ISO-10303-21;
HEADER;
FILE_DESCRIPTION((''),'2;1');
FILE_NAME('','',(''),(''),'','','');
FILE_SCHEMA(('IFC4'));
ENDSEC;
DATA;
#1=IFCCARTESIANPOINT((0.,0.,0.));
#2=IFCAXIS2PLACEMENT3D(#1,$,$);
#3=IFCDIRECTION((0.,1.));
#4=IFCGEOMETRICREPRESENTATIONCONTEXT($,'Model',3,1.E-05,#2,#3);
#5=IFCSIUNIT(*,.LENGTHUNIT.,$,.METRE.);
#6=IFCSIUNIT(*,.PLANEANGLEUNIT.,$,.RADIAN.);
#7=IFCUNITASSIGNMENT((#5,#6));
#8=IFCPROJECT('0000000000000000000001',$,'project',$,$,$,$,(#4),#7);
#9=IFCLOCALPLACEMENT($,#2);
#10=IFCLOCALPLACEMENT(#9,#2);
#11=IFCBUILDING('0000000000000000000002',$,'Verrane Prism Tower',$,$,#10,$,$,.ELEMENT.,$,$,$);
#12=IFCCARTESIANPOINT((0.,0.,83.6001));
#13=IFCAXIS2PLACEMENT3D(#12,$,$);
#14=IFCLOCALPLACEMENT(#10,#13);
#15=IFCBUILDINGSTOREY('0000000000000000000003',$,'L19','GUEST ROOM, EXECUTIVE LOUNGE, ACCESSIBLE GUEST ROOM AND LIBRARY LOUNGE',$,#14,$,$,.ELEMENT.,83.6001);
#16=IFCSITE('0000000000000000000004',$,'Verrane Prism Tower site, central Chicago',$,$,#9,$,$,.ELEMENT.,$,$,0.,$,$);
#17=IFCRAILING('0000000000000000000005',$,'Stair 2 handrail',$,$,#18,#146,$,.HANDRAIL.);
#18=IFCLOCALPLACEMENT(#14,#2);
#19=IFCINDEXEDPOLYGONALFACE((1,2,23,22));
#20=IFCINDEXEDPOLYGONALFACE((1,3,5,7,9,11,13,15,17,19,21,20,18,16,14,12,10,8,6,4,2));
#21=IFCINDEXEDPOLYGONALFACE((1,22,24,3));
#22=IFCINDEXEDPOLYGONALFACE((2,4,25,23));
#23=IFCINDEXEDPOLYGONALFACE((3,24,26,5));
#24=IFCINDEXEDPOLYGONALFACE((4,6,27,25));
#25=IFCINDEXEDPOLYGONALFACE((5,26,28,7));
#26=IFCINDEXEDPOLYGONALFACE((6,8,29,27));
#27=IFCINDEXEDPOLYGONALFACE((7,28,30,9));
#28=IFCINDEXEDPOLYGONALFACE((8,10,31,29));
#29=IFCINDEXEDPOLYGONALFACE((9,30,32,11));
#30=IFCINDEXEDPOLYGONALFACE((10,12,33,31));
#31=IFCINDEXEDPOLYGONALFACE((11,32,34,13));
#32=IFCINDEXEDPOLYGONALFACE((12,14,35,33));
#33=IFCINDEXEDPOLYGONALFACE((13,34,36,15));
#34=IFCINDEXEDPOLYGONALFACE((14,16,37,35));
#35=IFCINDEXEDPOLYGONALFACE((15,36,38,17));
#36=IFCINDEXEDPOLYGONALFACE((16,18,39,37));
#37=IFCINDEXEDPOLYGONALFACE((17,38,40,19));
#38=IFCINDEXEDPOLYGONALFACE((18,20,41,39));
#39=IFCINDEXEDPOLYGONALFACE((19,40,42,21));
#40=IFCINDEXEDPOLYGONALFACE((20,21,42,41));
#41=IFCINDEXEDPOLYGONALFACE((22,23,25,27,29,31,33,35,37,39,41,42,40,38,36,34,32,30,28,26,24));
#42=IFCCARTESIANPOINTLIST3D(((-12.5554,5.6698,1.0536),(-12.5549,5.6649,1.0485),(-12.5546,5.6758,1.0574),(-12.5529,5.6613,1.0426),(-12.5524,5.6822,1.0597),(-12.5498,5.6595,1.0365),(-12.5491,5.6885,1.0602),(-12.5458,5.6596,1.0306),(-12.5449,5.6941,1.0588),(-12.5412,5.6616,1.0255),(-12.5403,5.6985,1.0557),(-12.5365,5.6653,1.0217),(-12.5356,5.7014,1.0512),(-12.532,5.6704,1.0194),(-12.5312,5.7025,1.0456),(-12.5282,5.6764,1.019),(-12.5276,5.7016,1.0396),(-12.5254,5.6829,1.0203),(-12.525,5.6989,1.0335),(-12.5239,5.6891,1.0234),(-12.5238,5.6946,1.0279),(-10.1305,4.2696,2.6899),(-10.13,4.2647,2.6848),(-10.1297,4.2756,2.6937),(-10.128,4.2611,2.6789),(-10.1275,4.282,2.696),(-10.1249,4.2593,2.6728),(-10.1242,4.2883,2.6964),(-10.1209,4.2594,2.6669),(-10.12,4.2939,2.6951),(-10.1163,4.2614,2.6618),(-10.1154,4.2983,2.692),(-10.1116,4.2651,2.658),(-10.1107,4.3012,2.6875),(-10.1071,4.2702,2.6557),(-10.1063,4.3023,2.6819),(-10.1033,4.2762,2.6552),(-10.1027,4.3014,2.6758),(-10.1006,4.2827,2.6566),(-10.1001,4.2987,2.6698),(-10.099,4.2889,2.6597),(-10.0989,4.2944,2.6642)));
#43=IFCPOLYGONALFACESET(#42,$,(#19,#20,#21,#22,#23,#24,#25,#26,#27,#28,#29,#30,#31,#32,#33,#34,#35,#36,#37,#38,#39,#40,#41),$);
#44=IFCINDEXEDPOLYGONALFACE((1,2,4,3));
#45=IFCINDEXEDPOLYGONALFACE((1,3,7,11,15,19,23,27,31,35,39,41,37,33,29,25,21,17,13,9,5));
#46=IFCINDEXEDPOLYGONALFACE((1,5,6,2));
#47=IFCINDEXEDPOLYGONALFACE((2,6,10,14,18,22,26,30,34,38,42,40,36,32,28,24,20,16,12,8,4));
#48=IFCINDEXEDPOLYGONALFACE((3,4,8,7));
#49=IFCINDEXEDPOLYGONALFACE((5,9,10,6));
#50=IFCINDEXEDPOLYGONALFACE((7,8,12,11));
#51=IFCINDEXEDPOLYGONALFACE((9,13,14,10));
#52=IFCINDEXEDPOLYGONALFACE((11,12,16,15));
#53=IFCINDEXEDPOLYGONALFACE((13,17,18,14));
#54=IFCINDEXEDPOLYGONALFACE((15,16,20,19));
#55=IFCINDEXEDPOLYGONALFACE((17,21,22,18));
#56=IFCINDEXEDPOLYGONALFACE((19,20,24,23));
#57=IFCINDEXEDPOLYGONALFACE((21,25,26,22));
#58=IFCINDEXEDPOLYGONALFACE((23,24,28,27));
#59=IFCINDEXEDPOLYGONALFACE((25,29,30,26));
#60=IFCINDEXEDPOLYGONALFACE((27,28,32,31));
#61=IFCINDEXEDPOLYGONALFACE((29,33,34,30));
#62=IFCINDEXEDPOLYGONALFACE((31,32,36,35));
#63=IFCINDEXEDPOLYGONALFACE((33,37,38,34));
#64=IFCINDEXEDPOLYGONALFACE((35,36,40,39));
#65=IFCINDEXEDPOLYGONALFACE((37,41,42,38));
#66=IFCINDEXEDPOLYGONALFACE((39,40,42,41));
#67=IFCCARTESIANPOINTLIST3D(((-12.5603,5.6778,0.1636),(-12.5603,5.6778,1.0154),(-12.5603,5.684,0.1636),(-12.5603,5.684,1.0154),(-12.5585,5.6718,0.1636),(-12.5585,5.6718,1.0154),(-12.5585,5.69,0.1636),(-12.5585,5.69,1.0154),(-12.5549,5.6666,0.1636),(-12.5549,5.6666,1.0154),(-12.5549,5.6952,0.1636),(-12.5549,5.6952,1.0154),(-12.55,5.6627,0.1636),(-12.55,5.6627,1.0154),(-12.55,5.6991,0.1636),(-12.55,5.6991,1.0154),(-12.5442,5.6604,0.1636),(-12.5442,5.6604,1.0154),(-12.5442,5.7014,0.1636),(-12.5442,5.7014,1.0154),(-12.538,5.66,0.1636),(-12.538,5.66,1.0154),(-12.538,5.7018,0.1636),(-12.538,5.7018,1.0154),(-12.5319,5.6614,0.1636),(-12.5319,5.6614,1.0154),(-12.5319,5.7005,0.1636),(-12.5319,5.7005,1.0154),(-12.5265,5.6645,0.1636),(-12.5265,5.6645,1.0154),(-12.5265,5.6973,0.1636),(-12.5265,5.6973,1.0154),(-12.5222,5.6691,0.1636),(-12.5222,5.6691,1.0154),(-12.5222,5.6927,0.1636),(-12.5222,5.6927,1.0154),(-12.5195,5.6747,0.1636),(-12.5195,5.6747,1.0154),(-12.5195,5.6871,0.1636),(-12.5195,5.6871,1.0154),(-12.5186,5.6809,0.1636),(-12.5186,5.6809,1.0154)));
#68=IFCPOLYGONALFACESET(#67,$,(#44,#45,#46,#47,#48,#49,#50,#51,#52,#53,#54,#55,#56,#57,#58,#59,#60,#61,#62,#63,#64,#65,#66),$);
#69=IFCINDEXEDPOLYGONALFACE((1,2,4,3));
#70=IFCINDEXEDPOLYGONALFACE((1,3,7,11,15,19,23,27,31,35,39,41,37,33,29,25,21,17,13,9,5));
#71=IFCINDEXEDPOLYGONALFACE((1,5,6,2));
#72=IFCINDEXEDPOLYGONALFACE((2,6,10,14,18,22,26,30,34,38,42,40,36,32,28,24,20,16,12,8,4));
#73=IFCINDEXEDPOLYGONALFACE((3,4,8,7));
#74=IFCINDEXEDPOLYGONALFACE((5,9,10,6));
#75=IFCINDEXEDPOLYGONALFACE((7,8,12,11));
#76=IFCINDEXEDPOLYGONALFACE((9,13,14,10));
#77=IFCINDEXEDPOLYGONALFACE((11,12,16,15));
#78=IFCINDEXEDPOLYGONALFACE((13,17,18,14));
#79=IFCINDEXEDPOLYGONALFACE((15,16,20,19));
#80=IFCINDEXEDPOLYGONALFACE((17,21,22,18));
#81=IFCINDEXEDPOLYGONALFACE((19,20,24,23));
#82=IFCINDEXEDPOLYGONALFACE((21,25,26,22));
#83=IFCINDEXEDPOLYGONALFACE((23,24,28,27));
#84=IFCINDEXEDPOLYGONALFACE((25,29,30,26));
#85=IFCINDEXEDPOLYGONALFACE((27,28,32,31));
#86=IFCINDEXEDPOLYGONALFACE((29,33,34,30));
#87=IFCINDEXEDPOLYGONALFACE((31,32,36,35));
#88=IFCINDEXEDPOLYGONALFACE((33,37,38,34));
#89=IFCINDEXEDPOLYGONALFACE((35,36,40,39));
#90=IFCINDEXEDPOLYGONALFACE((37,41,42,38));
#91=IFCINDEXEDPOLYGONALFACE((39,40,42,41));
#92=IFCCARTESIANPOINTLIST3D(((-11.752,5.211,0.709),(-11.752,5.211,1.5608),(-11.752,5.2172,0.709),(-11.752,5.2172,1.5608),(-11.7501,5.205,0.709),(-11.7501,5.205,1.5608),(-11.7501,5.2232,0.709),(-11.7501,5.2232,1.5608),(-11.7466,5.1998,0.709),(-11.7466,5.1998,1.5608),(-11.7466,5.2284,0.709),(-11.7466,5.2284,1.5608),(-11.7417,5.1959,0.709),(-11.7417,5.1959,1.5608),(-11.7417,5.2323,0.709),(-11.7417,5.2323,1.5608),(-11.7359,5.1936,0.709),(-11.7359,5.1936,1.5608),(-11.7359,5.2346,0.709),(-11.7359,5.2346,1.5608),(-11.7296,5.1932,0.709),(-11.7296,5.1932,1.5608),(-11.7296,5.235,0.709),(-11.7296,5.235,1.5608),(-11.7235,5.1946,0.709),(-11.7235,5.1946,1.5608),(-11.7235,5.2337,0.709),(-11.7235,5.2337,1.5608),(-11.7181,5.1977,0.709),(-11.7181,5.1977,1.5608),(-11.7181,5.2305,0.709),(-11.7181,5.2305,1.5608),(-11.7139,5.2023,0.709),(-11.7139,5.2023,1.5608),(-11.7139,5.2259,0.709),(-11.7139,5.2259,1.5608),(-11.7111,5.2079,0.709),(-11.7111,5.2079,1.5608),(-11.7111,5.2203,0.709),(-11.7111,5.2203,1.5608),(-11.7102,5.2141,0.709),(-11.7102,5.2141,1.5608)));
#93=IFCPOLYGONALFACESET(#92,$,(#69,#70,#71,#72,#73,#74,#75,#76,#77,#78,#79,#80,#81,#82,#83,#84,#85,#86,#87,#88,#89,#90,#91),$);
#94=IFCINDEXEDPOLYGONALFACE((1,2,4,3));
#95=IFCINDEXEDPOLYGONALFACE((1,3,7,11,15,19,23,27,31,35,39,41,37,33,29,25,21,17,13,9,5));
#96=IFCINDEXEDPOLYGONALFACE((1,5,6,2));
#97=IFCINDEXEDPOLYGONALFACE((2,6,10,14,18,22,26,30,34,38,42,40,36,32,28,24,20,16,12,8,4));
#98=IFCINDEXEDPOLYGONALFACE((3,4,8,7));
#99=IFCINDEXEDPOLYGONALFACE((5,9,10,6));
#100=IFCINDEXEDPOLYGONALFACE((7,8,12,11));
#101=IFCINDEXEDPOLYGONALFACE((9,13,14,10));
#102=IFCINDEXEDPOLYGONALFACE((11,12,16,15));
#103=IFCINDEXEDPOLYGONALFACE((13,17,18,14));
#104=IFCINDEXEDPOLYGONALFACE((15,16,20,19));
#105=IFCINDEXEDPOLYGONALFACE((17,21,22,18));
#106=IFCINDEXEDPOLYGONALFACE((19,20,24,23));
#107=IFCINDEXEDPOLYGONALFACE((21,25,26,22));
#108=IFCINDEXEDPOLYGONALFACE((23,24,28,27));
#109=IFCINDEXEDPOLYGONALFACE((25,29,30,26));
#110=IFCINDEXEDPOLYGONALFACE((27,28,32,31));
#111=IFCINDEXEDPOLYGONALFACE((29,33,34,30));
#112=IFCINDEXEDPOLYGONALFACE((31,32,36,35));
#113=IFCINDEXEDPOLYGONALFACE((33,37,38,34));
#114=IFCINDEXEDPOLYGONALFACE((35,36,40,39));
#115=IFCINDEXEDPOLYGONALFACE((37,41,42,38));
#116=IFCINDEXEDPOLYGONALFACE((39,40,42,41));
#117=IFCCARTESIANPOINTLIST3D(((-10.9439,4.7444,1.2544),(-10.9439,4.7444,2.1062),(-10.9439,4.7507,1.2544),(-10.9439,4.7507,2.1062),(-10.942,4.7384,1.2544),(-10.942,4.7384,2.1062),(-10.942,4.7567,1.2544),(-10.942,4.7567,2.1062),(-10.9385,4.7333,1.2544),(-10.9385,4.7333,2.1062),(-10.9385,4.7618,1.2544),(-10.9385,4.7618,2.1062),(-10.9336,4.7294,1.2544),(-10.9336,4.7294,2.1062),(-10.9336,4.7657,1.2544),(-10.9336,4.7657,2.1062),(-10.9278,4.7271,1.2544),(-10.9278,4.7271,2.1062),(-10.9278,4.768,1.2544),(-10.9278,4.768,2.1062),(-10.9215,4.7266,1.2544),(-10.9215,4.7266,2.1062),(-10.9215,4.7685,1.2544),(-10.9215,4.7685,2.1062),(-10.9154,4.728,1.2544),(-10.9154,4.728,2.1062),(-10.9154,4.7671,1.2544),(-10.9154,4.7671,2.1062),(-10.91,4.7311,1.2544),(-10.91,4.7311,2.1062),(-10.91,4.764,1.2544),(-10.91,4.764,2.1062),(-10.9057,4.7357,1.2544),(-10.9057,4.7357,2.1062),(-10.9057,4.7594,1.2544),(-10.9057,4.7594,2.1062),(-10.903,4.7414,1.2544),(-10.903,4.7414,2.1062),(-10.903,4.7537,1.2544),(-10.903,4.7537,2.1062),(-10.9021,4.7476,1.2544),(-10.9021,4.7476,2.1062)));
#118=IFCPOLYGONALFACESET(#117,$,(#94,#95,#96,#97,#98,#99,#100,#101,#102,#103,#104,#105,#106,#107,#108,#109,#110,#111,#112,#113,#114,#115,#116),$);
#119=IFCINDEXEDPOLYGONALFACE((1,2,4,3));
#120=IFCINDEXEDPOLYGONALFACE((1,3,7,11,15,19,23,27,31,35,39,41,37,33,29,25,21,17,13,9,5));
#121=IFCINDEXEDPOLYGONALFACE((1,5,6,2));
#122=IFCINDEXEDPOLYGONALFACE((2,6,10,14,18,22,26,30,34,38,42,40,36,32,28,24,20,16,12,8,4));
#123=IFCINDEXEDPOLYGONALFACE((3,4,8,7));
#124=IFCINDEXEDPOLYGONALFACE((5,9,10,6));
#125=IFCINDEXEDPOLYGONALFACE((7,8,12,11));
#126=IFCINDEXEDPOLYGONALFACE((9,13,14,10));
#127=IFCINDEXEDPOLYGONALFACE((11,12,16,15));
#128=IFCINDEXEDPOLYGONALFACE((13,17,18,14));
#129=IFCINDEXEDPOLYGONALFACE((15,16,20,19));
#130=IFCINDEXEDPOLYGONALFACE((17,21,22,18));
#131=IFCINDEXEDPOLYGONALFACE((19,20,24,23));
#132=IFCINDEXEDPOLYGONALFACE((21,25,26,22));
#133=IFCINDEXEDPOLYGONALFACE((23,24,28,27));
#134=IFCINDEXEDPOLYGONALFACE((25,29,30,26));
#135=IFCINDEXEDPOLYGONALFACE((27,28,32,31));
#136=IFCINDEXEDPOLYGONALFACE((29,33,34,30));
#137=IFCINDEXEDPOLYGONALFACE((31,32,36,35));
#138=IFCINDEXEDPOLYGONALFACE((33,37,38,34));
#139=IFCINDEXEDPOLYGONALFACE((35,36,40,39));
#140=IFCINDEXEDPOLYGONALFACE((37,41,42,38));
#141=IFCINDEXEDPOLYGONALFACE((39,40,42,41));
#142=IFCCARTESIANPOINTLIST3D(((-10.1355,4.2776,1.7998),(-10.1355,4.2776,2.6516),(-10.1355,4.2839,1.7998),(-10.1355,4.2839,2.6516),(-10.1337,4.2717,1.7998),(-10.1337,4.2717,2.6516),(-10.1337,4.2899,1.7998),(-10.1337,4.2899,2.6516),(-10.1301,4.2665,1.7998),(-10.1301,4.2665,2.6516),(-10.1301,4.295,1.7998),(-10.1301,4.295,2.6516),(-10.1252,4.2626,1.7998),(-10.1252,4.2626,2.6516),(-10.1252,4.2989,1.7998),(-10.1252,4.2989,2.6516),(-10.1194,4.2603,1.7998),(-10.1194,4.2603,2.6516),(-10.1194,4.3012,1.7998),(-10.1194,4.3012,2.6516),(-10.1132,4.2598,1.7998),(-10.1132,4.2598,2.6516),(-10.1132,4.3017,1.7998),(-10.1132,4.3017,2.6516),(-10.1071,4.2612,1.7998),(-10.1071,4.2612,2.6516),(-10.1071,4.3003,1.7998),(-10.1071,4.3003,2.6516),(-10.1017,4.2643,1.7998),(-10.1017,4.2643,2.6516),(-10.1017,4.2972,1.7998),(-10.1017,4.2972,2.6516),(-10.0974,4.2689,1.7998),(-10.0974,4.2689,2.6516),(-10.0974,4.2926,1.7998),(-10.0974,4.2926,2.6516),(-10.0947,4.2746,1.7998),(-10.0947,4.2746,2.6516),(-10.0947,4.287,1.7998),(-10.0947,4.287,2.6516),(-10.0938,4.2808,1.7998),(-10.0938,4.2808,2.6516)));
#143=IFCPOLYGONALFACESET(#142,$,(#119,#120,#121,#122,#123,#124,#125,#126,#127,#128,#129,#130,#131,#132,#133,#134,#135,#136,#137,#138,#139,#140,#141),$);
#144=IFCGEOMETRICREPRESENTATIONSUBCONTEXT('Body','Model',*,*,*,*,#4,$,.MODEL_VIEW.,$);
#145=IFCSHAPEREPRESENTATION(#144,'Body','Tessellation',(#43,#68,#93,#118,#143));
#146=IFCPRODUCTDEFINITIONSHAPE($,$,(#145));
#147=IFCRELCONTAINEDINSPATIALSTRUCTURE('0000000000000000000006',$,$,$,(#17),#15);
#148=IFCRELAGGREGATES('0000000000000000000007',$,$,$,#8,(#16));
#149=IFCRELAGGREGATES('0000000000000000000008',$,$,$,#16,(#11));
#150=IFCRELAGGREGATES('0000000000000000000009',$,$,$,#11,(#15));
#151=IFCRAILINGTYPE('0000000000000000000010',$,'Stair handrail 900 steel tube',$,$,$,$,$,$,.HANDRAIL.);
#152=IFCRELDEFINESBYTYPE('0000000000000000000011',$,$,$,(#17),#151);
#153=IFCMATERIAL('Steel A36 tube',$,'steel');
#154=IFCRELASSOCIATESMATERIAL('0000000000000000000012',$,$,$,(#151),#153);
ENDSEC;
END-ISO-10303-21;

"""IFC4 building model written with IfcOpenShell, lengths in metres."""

from ifc_helpers import new_model, si_unit, direction, frame, origin, origin_2d, place, context, subcontext, project, spatial, circle, extrude, material, type_object, element, save


model = new_model("IFC4")

# Units and contexts
model_context = context("Model", 3, precision=1e-05, world=origin(), true_north=direction((0.0, 1.0)))
body_context = subcontext(model_context, "Body", "Model", "MODEL_VIEW")
ifc_project = project(units=[si_unit("LENGTHUNIT", "METRE"), si_unit("PLANEANGLEUNIT", "RADIAN")], contexts=[model_context])

# Site, building, storey
site_placement = place(None, origin())
site = spatial("IfcSite", under=ifc_project, at=site_placement, Name="Verrane Prism Tower site, central Chicago", CompositionType="ELEMENT", RefElevation=0.0)
building_placement = place(site_placement, origin())
building = spatial("IfcBuilding", under=site, at=building_placement, Name="Verrane Prism Tower", CompositionType="ELEMENT")
storey_placement = place(building_placement, frame((0.0, 0.0, 83.6001)))
storey = spatial("IfcBuildingStorey", under=building, at=storey_placement, Name="L19", Description="GUEST ROOM, EXECUTIVE LOUNGE, ACCESSIBLE GUEST ROOM AND LIBRARY LOUNGE", CompositionType="ELEMENT", Elevation=83.6001)

# Railing
ifc_material_1 = material(Name="Steel A36 tube", Category="steel")
railing_type_1 = type_object("IfcRailingType", Name="Stair handrail 900 steel tube", PredefinedType="HANDRAIL", material=ifc_material_1)
railing_1_placement = place(storey_placement, frame((-12.5396, 5.6809, 0.1636)))
element("IfcRailing", 1, at=railing_1_placement, inside=storey, type_object=railing_type_1, Name="Stair 2 handrail", PredefinedType="HANDRAIL", context=body_context, shape_type="SweptSolid", body=[
    extrude(circle(Radius=0.0239, at=origin_2d()), frame((0.0, 0.0, 0.876), z_axis=(0.747694, -0.431738, 0.504535), x_axis=(0.50005, 0.865997, 0.0)), (0.0, 0.0, 1.0), 3.2432),
    extrude(circle(Radius=0.021, at=origin_2d()), origin(), (0.0, 0.0, 1.0), 0.8518),
    extrude(circle(Radius=0.021, at=origin_2d()), frame((0.8083, -0.4668, 0.5454)), (0.0, 0.0, 1.0), 0.8518),
    extrude(circle(Radius=0.021, at=origin_2d()), frame((1.6165, -0.9333, 1.0908)), (0.0, 0.0, 1.0), 0.8518),
    extrude(circle(Radius=0.021, at=origin_2d()), frame((2.4248, -1.4001, 1.6362)), (0.0, 0.0, 1.0), 0.8518),
])

save(model, "model.ifc")
